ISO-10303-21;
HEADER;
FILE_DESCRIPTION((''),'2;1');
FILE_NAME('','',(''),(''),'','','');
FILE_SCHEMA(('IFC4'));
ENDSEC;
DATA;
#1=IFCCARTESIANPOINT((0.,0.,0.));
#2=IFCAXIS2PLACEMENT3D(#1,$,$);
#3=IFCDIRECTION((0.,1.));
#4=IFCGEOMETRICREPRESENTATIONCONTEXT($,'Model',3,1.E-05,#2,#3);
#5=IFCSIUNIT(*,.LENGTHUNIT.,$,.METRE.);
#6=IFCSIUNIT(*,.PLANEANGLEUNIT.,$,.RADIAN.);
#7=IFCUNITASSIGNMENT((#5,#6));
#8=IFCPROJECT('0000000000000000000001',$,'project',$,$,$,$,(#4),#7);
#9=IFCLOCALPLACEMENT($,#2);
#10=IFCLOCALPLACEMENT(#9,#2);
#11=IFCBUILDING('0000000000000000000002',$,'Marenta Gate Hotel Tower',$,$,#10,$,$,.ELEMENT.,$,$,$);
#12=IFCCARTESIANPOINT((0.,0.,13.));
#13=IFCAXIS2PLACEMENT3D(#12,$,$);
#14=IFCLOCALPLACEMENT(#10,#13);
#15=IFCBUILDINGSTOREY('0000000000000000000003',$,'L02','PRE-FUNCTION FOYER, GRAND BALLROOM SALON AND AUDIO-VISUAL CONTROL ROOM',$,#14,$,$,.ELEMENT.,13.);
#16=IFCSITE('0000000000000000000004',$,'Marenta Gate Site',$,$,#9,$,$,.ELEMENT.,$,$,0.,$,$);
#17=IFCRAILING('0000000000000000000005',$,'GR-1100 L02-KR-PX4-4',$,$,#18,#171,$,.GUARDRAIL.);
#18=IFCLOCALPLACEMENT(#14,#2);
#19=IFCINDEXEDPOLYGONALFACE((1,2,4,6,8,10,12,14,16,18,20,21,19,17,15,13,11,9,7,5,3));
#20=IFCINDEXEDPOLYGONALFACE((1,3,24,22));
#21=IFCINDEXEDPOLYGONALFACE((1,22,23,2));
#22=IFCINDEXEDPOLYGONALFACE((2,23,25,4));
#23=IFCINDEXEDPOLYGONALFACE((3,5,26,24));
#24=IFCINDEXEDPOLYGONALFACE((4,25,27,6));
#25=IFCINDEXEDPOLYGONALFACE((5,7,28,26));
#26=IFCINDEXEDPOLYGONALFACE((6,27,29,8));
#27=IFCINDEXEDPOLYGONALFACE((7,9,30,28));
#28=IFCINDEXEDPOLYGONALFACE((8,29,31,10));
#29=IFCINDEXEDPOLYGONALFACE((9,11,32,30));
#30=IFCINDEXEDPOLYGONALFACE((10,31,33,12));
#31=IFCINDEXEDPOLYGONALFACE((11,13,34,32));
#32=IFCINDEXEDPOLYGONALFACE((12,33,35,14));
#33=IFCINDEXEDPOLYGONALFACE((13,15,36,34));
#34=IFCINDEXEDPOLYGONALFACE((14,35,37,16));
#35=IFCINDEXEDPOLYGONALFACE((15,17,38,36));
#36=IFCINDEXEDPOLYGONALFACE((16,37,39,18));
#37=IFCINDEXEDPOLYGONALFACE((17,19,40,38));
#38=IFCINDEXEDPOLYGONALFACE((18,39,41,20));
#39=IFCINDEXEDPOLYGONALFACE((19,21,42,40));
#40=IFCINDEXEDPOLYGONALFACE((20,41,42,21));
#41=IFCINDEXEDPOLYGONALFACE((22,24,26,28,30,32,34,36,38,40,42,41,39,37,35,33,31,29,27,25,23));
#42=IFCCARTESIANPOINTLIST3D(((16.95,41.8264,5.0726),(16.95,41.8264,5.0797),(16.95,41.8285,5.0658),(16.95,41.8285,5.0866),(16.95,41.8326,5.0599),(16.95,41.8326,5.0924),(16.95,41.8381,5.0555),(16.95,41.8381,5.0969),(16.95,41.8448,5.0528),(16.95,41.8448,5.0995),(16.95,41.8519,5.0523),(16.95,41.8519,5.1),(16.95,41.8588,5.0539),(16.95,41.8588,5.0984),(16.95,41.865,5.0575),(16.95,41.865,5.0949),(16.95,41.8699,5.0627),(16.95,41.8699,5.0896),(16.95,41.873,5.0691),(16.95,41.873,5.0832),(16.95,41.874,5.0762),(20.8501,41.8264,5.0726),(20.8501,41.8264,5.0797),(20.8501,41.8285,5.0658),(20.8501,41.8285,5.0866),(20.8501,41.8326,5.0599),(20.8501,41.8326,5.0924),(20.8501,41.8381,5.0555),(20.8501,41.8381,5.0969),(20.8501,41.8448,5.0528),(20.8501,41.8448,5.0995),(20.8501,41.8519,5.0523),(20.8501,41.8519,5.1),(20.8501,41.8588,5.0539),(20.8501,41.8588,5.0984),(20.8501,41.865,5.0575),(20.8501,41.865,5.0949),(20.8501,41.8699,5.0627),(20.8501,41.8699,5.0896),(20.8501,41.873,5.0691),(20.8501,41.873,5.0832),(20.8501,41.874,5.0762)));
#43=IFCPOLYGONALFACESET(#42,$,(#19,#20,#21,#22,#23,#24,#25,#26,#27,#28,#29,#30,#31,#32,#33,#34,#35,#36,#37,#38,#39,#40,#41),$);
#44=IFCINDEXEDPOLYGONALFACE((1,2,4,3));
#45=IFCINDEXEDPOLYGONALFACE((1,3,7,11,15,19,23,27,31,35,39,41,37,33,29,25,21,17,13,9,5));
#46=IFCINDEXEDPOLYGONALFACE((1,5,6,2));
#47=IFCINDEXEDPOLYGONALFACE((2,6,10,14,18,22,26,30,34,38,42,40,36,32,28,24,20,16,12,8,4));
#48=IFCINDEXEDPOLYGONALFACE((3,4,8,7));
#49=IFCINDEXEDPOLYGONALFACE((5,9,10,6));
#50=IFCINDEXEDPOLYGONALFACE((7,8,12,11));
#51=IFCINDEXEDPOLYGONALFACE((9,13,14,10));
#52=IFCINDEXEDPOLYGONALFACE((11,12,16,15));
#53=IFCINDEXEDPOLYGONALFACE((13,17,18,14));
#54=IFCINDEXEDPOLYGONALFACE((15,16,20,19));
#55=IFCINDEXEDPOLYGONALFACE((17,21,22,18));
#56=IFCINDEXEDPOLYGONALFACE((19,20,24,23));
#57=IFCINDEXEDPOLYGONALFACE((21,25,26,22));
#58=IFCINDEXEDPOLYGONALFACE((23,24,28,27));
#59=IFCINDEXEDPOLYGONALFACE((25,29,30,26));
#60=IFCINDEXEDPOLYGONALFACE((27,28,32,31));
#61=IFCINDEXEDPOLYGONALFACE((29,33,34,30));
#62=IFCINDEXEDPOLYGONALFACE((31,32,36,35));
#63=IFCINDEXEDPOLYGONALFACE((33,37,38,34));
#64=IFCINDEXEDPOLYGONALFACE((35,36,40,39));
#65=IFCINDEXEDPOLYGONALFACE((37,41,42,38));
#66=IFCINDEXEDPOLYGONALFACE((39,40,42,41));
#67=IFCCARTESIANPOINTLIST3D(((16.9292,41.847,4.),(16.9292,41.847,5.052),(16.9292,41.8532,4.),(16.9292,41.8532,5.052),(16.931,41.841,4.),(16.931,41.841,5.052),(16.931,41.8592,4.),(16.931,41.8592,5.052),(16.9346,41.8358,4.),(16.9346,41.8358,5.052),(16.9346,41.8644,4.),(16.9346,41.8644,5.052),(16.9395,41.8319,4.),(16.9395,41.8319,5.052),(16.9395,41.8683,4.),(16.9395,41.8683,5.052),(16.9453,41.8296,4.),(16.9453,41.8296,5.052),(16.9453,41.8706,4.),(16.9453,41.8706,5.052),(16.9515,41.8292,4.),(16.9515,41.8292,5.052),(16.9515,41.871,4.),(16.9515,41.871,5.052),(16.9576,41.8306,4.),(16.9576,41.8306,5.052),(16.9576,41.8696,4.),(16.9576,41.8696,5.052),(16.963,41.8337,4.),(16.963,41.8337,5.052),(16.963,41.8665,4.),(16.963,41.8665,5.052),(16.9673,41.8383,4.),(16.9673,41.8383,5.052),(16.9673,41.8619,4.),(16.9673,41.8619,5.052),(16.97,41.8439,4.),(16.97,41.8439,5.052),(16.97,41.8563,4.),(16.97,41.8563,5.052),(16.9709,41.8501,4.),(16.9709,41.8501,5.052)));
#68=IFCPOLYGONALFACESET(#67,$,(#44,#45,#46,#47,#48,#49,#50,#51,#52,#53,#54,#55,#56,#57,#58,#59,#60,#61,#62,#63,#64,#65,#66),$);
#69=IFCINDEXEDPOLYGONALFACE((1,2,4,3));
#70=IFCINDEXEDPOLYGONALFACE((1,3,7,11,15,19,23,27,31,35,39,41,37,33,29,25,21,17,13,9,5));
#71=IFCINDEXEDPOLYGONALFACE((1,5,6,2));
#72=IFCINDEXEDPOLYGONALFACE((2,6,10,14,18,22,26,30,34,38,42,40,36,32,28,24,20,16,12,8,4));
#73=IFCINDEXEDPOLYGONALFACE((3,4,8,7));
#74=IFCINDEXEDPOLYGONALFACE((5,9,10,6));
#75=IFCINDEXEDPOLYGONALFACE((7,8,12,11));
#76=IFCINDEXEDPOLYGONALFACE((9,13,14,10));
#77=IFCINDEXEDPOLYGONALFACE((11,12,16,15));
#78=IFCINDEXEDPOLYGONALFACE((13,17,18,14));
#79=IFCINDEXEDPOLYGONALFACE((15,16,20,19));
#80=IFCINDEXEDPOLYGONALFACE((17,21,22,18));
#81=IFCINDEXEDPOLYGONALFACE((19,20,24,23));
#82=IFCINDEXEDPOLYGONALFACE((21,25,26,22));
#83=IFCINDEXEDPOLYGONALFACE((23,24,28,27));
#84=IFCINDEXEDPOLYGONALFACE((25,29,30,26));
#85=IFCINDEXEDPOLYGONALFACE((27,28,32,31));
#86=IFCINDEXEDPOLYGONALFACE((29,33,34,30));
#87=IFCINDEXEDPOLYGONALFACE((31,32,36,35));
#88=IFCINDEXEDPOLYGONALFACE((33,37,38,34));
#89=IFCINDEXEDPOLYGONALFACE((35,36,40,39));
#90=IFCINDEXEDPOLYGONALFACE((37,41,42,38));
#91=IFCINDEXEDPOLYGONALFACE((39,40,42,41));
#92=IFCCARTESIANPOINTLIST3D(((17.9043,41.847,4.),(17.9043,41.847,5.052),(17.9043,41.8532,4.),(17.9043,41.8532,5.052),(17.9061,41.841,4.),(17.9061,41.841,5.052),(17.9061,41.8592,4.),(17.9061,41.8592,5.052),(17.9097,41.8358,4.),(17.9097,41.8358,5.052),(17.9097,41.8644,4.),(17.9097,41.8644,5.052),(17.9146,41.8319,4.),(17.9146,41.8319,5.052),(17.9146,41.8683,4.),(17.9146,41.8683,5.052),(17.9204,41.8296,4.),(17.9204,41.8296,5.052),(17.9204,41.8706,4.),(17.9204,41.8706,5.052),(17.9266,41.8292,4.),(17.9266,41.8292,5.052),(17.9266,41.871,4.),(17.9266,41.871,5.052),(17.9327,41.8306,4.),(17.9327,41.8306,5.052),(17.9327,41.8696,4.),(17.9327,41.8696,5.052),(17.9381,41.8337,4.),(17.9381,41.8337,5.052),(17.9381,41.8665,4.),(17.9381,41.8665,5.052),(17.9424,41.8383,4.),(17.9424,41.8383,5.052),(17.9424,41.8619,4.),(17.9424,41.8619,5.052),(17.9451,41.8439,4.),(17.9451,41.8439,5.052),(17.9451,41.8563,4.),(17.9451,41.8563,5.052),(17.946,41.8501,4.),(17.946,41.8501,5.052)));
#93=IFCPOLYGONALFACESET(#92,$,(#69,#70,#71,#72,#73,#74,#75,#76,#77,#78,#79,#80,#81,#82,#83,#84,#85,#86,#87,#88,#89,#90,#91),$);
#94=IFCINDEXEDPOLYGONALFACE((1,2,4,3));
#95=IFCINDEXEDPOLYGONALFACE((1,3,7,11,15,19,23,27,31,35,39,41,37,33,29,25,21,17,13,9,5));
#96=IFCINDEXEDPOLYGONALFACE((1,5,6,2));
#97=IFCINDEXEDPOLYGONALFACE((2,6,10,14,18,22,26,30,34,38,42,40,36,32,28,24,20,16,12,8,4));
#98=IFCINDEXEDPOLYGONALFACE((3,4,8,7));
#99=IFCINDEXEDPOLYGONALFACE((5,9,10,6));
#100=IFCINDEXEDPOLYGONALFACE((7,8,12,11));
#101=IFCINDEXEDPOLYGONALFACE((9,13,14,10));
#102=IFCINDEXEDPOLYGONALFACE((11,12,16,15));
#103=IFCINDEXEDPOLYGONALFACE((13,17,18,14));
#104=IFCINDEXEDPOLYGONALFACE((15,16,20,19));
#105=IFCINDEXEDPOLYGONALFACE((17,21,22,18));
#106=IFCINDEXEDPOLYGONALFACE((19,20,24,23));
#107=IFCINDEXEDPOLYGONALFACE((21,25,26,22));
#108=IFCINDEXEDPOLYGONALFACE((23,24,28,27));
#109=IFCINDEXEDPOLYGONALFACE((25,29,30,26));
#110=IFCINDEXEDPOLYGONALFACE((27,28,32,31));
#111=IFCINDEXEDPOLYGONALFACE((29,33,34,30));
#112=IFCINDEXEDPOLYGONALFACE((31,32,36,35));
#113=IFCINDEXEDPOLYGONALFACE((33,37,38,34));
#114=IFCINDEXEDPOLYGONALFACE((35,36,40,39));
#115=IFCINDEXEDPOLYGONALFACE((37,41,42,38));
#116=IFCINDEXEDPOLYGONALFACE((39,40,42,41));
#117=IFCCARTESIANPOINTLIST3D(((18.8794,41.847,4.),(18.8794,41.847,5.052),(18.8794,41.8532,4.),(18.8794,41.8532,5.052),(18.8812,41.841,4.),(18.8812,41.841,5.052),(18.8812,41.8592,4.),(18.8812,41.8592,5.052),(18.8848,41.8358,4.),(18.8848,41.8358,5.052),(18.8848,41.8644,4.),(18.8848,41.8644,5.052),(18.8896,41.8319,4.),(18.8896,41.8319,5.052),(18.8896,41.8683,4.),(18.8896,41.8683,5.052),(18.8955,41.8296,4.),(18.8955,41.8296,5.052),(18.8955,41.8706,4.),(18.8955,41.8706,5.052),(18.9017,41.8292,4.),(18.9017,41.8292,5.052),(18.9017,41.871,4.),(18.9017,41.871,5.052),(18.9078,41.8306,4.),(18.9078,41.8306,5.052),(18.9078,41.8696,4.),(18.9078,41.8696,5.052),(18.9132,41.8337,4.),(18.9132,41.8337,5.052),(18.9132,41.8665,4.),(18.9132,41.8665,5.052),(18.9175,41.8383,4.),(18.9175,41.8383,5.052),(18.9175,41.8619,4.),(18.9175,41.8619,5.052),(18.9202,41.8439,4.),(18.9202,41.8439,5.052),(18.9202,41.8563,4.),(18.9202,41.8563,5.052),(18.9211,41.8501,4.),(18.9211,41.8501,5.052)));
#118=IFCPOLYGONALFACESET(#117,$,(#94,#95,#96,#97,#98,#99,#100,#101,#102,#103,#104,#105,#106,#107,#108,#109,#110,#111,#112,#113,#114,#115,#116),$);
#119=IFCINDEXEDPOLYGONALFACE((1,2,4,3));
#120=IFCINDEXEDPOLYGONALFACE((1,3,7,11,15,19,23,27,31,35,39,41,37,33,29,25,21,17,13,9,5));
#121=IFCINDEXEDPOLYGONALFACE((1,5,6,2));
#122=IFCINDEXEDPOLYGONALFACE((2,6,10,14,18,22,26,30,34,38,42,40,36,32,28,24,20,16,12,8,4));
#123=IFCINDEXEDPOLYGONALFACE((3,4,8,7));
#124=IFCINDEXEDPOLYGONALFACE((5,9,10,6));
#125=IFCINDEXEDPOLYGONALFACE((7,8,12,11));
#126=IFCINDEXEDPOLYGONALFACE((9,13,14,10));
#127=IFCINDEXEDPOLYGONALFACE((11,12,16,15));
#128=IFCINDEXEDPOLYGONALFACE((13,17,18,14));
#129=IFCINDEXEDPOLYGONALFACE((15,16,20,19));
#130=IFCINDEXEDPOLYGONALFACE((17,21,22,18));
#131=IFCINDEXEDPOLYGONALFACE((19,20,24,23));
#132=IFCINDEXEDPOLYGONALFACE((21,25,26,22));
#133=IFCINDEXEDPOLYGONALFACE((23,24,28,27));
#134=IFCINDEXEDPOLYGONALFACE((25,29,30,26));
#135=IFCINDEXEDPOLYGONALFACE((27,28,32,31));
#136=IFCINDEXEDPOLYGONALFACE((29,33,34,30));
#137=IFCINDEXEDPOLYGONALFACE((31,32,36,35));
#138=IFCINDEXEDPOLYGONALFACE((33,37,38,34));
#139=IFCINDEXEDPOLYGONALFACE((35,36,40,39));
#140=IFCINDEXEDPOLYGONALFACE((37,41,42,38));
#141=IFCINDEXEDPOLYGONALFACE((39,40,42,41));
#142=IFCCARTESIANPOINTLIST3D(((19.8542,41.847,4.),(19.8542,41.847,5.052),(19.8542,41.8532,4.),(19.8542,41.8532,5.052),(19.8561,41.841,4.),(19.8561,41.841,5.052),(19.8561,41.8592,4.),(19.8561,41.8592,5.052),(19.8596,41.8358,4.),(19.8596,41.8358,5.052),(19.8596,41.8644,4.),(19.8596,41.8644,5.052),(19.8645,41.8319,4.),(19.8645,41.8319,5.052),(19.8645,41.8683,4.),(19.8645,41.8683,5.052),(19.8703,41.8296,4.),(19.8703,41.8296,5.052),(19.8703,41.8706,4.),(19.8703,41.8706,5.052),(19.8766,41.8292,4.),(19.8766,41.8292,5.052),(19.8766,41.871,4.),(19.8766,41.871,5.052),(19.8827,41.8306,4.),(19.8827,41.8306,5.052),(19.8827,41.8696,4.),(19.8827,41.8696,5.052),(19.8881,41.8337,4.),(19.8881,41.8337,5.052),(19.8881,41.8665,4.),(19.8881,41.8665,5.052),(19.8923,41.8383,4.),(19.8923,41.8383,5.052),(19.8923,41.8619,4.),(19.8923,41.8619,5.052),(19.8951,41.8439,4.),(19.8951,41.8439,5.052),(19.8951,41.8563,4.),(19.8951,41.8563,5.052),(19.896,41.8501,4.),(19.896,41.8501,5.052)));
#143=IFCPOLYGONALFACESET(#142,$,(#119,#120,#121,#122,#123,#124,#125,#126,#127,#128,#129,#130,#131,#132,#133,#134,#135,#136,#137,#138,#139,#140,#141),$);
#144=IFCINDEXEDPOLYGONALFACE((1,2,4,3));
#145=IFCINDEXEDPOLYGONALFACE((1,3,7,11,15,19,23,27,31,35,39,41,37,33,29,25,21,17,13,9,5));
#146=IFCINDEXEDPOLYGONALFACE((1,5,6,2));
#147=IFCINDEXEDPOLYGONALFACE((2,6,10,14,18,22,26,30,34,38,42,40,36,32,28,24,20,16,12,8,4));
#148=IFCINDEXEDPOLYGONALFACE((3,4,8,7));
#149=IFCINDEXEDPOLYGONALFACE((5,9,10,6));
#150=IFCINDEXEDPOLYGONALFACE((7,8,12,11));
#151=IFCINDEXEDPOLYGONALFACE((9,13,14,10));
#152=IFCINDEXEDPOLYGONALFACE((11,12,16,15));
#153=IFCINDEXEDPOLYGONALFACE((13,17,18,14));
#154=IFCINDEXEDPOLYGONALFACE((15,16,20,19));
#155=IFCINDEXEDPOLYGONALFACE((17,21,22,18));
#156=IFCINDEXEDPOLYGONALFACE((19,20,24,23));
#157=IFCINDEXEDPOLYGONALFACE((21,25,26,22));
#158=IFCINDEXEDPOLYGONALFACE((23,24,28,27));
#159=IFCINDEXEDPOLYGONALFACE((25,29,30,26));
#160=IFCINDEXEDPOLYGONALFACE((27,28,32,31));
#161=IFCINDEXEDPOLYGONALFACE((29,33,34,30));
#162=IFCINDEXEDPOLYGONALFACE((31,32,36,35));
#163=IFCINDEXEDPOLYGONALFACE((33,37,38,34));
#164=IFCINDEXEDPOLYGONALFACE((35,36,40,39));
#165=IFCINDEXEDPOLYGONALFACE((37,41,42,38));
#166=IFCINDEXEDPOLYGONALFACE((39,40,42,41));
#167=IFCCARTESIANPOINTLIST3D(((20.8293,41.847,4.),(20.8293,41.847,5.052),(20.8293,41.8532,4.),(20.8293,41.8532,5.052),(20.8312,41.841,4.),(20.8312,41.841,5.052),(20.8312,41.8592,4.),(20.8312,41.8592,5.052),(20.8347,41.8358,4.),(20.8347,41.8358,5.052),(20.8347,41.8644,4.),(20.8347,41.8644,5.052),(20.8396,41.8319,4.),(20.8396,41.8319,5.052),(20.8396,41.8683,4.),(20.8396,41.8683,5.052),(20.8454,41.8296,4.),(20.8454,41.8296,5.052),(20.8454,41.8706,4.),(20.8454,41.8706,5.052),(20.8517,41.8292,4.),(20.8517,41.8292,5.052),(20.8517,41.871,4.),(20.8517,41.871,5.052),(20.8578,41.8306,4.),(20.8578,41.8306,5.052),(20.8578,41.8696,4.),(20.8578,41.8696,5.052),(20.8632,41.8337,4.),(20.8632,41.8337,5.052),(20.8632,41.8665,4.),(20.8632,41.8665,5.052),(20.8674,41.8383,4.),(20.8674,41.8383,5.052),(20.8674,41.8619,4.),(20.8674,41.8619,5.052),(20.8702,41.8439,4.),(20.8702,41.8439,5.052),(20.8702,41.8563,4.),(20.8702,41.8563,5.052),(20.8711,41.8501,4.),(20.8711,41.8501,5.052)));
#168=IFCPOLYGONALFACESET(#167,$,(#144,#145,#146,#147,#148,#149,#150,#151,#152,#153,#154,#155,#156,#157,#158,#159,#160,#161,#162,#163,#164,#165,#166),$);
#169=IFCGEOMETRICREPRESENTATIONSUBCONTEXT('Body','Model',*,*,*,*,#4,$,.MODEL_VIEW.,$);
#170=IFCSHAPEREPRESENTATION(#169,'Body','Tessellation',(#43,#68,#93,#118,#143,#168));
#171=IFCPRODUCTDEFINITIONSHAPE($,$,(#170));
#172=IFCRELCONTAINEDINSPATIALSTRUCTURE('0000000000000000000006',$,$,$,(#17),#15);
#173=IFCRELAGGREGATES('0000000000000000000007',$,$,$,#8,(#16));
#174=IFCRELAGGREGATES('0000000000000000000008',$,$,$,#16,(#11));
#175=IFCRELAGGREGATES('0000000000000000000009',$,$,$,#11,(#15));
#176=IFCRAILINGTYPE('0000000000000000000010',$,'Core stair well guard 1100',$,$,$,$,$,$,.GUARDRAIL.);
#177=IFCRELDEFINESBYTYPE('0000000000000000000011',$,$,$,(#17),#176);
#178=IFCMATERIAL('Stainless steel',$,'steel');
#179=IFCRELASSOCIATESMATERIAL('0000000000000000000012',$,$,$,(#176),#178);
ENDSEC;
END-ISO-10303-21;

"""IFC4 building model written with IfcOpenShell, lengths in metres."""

from ifc_helpers import new_model, si_unit, direction, frame, origin, origin_2d, place, context, subcontext, project, spatial, circle, extrude, material, type_object, element, save


model = new_model("IFC4")

# Units and contexts
model_context = context("Model", 3, precision=1e-05, world=origin(), true_north=direction((0.0, 1.0)))
body_context = subcontext(model_context, "Body", "Model", "MODEL_VIEW")
ifc_project = project(units=[si_unit("LENGTHUNIT", "METRE"), si_unit("PLANEANGLEUNIT", "RADIAN")], contexts=[model_context])

# Site, building, storey
site_placement = place(None, origin())
site = spatial("IfcSite", under=ifc_project, at=site_placement, Name="Marenta Gate Site", CompositionType="ELEMENT", RefElevation=0.0)
building_placement = place(site_placement, origin())
building = spatial("IfcBuilding", under=site, at=building_placement, Name="Marenta Gate Hotel Tower", CompositionType="ELEMENT")
storey_placement = place(building_placement, frame((0.0, 0.0, 13.0)))
storey = spatial("IfcBuildingStorey", under=building, at=storey_placement, Name="L02", Description="PRE-FUNCTION FOYER, GRAND BALLROOM SALON AND AUDIO-VISUAL CONTROL ROOM", CompositionType="ELEMENT", Elevation=13.0)

# Railing
ifc_material_1 = material(Name="Stainless steel", Category="steel")
railing_type_1 = type_object("IfcRailingType", Name="Core stair well guard 1100", PredefinedType="GUARDRAIL", material=ifc_material_1)
railing_1_placement = place(storey_placement, frame((16.95, 41.8501, 4.0)))
element("IfcRailing", 1, at=railing_1_placement, inside=storey, type_object=railing_type_1, Name="GR-1100 L02-KR-PX4-4", PredefinedType="GUARDRAIL", context=body_context, shape_type="SweptSolid", body=[
    extrude(circle(Radius=0.0239, at=origin_2d()), frame((0.0, 0.0, 1.0762), z_axis=(1.0, 0.0, 0.0), x_axis=(0.0, 1.0, 0.0)), (0.0, 0.0, 1.0), 3.9001),
    extrude(circle(Radius=0.021, at=origin_2d()), origin(), (0.0, 0.0, 1.0), 1.052),
    extrude(circle(Radius=0.021, at=origin_2d()), frame((0.9751, 0.0, 0.0)), (0.0, 0.0, 1.0), 1.052),
    extrude(circle(Radius=0.021, at=origin_2d()), frame((1.9502, 0.0, 0.0)), (0.0, 0.0, 1.0), 1.052),
    extrude(circle(Radius=0.021, at=origin_2d()), frame((2.925, 0.0, 0.0)), (0.0, 0.0, 1.0), 1.052),
    extrude(circle(Radius=0.021, at=origin_2d()), frame((3.9001, 0.0, 0.0)), (0.0, 0.0, 1.0), 1.052),
])

save(model, "model.ifc")
